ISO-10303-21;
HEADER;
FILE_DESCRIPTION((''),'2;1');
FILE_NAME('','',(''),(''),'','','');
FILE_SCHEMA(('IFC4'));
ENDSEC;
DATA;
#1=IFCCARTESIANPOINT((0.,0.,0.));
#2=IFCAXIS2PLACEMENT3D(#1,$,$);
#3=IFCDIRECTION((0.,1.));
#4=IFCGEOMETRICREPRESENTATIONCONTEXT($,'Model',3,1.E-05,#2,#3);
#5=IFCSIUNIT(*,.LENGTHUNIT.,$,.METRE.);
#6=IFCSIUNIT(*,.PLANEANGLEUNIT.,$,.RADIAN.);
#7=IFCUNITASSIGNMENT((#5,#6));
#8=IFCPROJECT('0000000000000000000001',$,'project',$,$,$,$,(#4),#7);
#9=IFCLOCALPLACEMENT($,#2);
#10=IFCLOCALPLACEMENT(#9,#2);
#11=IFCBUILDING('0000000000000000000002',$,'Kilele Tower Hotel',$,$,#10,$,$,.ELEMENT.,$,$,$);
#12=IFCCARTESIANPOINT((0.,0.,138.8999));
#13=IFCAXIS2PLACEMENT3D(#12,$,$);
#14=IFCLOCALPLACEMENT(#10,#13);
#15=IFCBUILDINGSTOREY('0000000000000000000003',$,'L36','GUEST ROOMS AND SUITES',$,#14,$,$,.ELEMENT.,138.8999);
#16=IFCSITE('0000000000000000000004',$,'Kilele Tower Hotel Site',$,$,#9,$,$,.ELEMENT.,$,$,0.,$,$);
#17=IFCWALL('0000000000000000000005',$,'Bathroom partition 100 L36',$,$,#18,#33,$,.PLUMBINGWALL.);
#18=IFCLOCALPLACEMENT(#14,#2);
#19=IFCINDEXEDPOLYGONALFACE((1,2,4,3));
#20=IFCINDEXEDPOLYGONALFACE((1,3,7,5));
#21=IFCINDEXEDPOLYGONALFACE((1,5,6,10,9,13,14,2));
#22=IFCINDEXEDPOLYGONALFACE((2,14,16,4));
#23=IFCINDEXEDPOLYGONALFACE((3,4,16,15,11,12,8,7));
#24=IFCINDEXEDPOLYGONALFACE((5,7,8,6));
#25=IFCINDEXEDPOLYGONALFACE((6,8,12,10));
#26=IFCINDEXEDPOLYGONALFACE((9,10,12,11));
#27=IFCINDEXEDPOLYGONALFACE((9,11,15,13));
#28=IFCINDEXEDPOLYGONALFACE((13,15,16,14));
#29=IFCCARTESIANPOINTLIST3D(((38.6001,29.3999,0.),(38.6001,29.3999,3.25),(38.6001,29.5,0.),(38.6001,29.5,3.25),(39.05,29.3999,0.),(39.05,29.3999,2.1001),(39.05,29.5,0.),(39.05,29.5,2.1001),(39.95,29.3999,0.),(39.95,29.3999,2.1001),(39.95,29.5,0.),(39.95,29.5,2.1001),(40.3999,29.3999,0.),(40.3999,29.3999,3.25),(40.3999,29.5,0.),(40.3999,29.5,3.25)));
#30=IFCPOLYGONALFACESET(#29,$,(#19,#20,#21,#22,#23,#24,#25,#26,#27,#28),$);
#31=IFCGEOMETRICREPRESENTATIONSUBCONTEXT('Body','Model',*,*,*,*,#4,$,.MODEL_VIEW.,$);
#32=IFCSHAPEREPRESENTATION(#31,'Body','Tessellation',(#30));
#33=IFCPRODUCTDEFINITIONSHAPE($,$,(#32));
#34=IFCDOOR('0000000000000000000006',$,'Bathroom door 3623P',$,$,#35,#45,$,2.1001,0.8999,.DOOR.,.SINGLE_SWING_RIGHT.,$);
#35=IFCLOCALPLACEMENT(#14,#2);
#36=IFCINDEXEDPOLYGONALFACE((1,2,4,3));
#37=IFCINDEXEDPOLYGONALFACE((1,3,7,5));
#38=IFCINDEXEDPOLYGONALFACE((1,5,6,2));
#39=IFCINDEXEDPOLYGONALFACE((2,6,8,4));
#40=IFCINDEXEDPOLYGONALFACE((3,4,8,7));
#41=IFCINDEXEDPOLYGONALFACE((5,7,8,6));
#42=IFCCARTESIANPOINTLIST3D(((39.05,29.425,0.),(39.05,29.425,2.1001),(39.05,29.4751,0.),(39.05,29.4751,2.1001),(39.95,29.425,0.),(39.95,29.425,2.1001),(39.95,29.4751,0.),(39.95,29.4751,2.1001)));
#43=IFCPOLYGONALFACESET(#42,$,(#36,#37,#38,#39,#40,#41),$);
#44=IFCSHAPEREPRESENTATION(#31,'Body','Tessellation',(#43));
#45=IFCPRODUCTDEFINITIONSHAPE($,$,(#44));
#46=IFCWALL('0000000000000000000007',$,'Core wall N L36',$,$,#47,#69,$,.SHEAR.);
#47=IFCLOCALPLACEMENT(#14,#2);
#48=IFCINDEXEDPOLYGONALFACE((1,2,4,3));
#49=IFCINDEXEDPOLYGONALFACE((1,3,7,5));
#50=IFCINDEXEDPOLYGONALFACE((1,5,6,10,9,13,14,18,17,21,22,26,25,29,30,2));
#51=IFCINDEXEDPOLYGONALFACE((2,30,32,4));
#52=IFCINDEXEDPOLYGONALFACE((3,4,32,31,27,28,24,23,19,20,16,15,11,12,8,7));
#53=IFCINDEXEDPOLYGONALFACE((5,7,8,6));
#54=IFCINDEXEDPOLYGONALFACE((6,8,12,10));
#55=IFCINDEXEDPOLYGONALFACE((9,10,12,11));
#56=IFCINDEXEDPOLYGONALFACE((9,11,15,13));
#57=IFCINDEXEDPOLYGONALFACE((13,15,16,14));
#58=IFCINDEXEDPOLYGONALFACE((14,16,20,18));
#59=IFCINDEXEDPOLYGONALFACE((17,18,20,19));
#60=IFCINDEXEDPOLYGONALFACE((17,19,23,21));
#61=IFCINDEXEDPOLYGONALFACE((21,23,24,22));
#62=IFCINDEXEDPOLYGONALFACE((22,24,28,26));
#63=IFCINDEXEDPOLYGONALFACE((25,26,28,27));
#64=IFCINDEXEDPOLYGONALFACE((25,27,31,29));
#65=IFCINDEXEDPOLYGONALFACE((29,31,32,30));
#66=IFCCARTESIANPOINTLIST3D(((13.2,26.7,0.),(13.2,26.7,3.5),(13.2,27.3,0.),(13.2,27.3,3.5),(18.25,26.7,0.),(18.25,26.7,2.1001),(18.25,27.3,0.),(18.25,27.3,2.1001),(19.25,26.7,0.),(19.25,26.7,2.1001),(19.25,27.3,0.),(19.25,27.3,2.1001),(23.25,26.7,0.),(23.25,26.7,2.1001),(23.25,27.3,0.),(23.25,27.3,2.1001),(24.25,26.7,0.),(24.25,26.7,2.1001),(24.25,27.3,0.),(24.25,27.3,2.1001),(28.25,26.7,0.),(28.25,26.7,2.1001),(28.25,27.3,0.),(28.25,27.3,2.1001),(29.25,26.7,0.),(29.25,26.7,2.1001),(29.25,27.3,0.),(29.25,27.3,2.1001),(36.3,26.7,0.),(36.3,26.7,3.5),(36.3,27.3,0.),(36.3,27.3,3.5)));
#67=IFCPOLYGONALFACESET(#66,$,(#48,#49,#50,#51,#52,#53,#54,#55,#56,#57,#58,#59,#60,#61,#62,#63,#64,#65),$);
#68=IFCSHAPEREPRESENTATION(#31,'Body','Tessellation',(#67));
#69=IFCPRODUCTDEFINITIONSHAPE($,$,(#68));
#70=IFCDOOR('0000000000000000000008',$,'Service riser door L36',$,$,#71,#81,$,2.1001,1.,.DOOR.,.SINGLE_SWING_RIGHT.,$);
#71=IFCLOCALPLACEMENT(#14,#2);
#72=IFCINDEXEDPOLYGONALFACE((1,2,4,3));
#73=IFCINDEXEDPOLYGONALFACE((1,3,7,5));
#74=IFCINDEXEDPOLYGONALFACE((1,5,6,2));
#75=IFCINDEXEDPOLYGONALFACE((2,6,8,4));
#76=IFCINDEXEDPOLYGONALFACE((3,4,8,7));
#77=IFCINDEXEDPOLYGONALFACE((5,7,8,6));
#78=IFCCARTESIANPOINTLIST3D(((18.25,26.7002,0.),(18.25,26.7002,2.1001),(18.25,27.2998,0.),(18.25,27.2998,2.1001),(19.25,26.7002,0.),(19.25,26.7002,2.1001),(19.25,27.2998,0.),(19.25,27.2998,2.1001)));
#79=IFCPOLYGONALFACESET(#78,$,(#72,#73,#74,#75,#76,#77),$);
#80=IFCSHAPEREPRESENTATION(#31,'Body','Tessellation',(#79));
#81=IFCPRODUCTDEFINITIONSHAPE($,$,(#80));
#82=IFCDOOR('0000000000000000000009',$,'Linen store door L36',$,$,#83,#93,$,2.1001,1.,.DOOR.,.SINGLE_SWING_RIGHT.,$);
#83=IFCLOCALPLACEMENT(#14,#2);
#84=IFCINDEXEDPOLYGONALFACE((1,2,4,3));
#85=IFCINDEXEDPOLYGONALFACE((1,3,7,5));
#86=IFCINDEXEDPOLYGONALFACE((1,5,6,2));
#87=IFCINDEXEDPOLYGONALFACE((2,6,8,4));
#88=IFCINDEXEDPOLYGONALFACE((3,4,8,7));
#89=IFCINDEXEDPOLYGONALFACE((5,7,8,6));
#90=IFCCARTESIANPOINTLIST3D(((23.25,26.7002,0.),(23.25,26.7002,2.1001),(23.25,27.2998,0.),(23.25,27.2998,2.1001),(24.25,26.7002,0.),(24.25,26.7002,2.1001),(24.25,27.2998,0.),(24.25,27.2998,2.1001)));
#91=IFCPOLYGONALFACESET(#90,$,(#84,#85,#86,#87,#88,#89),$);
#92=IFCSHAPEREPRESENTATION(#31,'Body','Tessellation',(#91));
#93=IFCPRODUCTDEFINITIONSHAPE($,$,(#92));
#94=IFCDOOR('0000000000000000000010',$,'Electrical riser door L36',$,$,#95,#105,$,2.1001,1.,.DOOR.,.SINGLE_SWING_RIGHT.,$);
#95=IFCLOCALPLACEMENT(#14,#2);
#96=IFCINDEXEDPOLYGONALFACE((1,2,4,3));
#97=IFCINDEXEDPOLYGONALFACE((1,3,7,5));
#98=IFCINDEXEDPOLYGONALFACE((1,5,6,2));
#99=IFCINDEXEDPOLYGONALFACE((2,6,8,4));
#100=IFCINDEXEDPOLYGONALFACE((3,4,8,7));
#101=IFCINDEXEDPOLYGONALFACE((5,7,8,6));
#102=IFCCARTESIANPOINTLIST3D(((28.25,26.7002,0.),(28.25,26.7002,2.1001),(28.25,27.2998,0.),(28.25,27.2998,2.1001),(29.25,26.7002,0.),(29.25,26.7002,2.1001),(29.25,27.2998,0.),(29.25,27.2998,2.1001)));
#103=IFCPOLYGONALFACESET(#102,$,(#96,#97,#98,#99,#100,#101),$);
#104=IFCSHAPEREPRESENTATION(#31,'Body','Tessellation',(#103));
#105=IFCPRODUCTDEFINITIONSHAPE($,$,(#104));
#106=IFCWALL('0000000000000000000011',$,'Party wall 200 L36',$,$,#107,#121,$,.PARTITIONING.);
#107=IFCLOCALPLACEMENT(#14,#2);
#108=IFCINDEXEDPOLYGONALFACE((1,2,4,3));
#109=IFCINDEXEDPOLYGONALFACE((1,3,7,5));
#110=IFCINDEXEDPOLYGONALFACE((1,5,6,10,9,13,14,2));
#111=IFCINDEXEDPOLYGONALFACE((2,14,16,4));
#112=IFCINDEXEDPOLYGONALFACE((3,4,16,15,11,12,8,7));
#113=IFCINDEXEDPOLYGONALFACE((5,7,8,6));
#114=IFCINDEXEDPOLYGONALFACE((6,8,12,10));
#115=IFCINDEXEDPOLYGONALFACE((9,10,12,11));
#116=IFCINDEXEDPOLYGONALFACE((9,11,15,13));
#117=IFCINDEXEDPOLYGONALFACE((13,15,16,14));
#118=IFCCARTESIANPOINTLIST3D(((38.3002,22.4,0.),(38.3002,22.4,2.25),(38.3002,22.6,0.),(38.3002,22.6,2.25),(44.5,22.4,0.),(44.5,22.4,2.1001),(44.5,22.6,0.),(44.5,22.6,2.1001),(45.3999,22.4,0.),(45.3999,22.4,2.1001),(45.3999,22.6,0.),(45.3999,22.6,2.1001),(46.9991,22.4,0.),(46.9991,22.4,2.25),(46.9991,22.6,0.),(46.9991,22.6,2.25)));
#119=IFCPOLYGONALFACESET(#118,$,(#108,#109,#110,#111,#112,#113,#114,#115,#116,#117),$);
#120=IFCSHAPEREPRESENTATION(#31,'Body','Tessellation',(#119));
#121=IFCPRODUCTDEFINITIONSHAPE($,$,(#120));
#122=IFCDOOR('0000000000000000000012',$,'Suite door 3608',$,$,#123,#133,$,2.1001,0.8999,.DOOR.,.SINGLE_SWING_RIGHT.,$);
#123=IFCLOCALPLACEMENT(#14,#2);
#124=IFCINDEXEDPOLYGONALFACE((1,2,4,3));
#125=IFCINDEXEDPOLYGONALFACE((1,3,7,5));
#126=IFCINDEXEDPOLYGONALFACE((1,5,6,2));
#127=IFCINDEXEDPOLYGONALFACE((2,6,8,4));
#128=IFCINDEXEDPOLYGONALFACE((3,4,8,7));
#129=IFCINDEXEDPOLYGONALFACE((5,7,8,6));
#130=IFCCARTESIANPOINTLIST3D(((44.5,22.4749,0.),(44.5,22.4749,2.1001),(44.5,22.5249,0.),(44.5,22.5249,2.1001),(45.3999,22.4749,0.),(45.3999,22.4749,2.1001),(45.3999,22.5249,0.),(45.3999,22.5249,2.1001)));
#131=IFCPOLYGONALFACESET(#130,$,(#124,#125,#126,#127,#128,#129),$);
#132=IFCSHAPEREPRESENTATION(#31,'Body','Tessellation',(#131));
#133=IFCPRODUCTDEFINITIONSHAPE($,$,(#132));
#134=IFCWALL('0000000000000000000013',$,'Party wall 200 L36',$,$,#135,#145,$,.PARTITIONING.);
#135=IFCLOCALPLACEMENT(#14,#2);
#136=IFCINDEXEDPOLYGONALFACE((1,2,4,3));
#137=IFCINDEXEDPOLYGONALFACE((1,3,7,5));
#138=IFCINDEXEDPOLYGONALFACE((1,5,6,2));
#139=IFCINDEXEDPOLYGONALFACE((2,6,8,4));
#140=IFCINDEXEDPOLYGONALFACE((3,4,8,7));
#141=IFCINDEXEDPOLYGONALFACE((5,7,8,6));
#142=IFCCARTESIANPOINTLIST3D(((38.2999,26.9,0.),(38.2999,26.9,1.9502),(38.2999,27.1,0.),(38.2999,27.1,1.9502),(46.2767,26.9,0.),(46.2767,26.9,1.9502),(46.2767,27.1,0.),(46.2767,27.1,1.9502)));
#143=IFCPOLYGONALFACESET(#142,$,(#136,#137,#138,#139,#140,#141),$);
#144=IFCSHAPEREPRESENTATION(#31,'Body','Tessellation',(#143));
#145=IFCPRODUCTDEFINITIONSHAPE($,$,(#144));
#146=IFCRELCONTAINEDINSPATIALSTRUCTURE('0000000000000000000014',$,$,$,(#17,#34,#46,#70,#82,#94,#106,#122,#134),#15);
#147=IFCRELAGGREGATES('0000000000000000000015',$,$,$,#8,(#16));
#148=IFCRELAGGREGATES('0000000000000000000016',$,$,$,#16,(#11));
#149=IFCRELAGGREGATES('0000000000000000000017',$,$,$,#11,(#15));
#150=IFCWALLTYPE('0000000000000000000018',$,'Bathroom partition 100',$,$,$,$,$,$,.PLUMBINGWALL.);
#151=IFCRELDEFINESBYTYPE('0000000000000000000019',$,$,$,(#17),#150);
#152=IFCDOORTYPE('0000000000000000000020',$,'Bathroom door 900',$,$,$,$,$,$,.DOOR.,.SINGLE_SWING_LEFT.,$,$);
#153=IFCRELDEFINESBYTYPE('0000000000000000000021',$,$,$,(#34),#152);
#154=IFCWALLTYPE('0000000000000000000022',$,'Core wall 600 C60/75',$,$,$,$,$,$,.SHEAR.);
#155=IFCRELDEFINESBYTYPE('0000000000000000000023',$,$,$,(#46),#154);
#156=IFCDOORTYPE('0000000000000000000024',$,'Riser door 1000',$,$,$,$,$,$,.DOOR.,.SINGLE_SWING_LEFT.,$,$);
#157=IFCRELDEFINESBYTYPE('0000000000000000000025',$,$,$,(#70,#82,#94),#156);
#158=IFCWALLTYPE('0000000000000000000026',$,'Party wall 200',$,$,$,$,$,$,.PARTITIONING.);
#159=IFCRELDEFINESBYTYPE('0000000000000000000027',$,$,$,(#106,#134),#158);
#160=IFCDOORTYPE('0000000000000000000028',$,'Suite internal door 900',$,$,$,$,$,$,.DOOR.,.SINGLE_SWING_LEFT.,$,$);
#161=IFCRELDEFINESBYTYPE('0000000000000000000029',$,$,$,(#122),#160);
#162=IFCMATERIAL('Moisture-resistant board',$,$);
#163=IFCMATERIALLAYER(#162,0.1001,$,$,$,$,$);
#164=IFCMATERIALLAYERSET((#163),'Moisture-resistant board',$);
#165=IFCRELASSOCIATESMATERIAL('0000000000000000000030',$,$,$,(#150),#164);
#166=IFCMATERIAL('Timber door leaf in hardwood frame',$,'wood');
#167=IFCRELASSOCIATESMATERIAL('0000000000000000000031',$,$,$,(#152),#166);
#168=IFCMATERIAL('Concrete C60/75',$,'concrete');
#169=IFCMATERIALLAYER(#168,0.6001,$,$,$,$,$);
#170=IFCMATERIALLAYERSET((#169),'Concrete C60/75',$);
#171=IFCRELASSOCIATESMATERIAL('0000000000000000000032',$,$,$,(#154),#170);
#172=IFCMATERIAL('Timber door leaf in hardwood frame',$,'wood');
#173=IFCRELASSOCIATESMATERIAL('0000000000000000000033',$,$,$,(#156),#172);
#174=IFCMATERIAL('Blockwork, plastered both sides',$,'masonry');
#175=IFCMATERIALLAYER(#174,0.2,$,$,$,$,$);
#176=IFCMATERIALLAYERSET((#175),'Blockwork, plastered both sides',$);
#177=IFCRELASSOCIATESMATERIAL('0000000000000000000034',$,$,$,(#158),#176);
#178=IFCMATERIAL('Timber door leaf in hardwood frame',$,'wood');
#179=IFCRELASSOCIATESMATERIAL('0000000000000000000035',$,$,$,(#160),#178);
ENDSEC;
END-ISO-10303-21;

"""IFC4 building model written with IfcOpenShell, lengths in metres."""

from ifc_helpers import new_model, si_unit, direction, frame, frame_2d, origin, place, context, subcontext, project, spatial, rectangle, extrude, material, layer, layer_set, type_object, element, fill, save


model = new_model("IFC4")

# Units and contexts
model_context = context("Model", 3, precision=1e-05, world=origin(), true_north=direction((0.0, 1.0)))
body_context = subcontext(model_context, "Body", "Model", "MODEL_VIEW")
ifc_project = project(units=[si_unit("LENGTHUNIT", "METRE"), si_unit("PLANEANGLEUNIT", "RADIAN")], contexts=[model_context])

# Site, building, storey
site_placement = place(None, origin())
site = spatial("IfcSite", under=ifc_project, at=site_placement, Name="Kilele Tower Hotel Site", CompositionType="ELEMENT", RefElevation=0.0)
building_placement = place(site_placement, origin())
building = spatial("IfcBuilding", under=site, at=building_placement, Name="Kilele Tower Hotel", CompositionType="ELEMENT")
storey_placement = place(building_placement, frame((0.0, 0.0, 138.8999)))
storey = spatial("IfcBuildingStorey", under=building, at=storey_placement, Name="L36", Description="GUEST ROOMS AND SUITES", CompositionType="ELEMENT", Elevation=138.8999)

# Shared definitions
ifc_material_1 = material(Name="Moisture-resistant board")
ifc_layer_1 = layer(ifc_material_1, 0.1001)
ifc_layer_set_1 = layer_set([ifc_layer_1], Name="Moisture-resistant board")
wall_type_1 = type_object("IfcWallType", Name="Bathroom partition 100", PredefinedType="PLUMBINGWALL", material=ifc_layer_set_1)

# Shared definitions
ifc_material_2 = material(Name="Timber door leaf in hardwood frame", Category="wood")
door_type_1 = type_object("IfcDoorType", Name="Bathroom door 900", OperationType="SINGLE_SWING_LEFT", PredefinedType="DOOR", material=ifc_material_2)

# Wall, opening, door
wall_1_placement = place(storey_placement, frame((38.6001, 29.45, 0.0), z_axis=(0.0, 0.0, 1.0), x_axis=(1.0, 0.0, 0.0)))
wall_1 = element("IfcWall", 1, at=wall_1_placement, inside=storey, type_object=wall_type_1, Name="Bathroom partition 100 L36", PredefinedType="PLUMBINGWALL", context=body_context, shape_type="SweptSolid", body=[
    extrude(rectangle(XDim=1.7998, YDim=0.1001, at=frame_2d((0.8999, 0.0))), origin(), (0.0, 0.0, 1.0), 3.25),
])
opening_1_placement = place(wall_1_placement, frame((1.3499, 0.0, 0.0), z_axis=(0.0, 0.0, 1.0), x_axis=(-1.0, 0.0, 0.0)))
opening_1 = element("IfcOpeningElement", 2, at=opening_1_placement, cuts=wall_1, PredefinedType="OPENING", context=body_context, shape_type="SweptSolid", body=[
    extrude(rectangle(XDim=0.8999, YDim=2.1001, at=frame_2d((0.45, 1.05))), frame((0.0, 0.0601, 0.0), z_axis=(0.0, -1.0, 0.0), x_axis=(1.0, 0.0, 0.0)), (0.0, 0.0, 1.0), 0.1201),
])
door_1_placement = place(opening_1_placement, origin())
door_1 = element("IfcDoor", 3, at=door_1_placement, inside=storey, type_object=door_type_1, Name="Bathroom door 3623P", OperationType="SINGLE_SWING_RIGHT", OverallHeight=2.1001, OverallWidth=0.8999, PredefinedType="DOOR", context=body_context, shape_type="SweptSolid", body=[
    extrude(rectangle(XDim=0.8999, YDim=2.1001, at=frame_2d((0.45, 1.05))), frame((0.0, 0.0249, 0.0), z_axis=(0.0, -1.0, 0.0), x_axis=(1.0, 0.0, 0.0)), (0.0, 0.0, 1.0), 0.05),
])
fill(opening_1, door_1)

# Wall, openings, doors
ifc_material_3 = material(Name="Concrete C60/75", Category="concrete")
ifc_layer_2 = layer(ifc_material_3, 0.6001)
ifc_layer_set_2 = layer_set([ifc_layer_2], Name="Concrete C60/75")
wall_type_2 = type_object("IfcWallType", Name="Core wall 600 C60/75", PredefinedType="SHEAR", material=ifc_layer_set_2)
wall_2_placement = place(storey_placement, frame((36.3, 27.0, 0.0), z_axis=(0.0, 0.0, 1.0), x_axis=(-1.0, 0.0, 0.0)))
wall_2 = element("IfcWall", 4, at=wall_2_placement, inside=storey, type_object=wall_type_2, Name="Core wall N L36", PredefinedType="SHEAR", context=body_context, shape_type="SweptSolid", body=[
    extrude(rectangle(XDim=23.1001, YDim=0.6001, at=frame_2d((11.55, 0.0))), origin(), (0.0, 0.0, 1.0), 3.5),
])
opening_2_placement = place(wall_2_placement, frame((17.05, 0.0, 0.0)))
opening_2 = element("IfcOpeningElement", 5, at=opening_2_placement, cuts=wall_2, PredefinedType="OPENING", context=body_context, shape_type="SweptSolid", body=[
    extrude(rectangle(XDim=1.0, YDim=2.1001, at=frame_2d((0.5, 1.05))), frame((0.0, 0.3101, 0.0), z_axis=(0.0, -1.0, 0.0), x_axis=(1.0, 0.0, 0.0)), (0.0, 0.0, 1.0), 0.6201),
])
opening_3_placement = place(wall_2_placement, frame((12.05, 0.0, 0.0)))
opening_3 = element("IfcOpeningElement", 6, at=opening_3_placement, cuts=wall_2, PredefinedType="OPENING", context=body_context, shape_type="SweptSolid", body=[
    extrude(rectangle(XDim=1.0, YDim=2.1001, at=frame_2d((0.5, 1.05))), frame((0.0, 0.3101, 0.0), z_axis=(0.0, -1.0, 0.0), x_axis=(1.0, 0.0, 0.0)), (0.0, 0.0, 1.0), 0.6201),
])
opening_4_placement = place(wall_2_placement, frame((7.05, 0.0, 0.0)))
opening_4 = element("IfcOpeningElement", 7, at=opening_4_placement, cuts=wall_2, PredefinedType="OPENING", context=body_context, shape_type="SweptSolid", body=[
    extrude(rectangle(XDim=1.0, YDim=2.1001, at=frame_2d((0.5, 1.05))), frame((0.0, 0.3101, 0.0), z_axis=(0.0, -1.0, 0.0), x_axis=(1.0, 0.0, 0.0)), (0.0, 0.0, 1.0), 0.6201),
])
ifc_material_4 = material(Name="Timber door leaf in hardwood frame", Category="wood")
door_type_2 = type_object("IfcDoorType", Name="Riser door 1000", OperationType="SINGLE_SWING_LEFT", PredefinedType="DOOR", material=ifc_material_4)
door_2_placement = place(opening_2_placement, origin())
door_2 = element("IfcDoor", 8, at=door_2_placement, inside=storey, type_object=door_type_2, Name="Service riser door L36", OperationType="SINGLE_SWING_RIGHT", OverallHeight=2.1001, OverallWidth=1.0, PredefinedType="DOOR", context=body_context, shape_type="SweptSolid", body=[
    extrude(rectangle(XDim=1.0, YDim=2.1001, at=frame_2d((0.5, 1.05))), frame((0.0, 0.2998, 0.0), z_axis=(0.0, -1.0, 0.0), x_axis=(1.0, 0.0, 0.0)), (0.0, 0.0, 1.0), 0.5996),
])
fill(opening_2, door_2)
door_3_placement = place(opening_3_placement, origin())
door_3 = element("IfcDoor", 9, at=door_3_placement, inside=storey, type_object=door_type_2, Name="Linen store door L36", OperationType="SINGLE_SWING_RIGHT", OverallHeight=2.1001, OverallWidth=1.0, PredefinedType="DOOR", context=body_context, shape_type="SweptSolid", body=[
    extrude(rectangle(XDim=1.0, YDim=2.1001, at=frame_2d((0.5, 1.05))), frame((0.0, 0.2998, 0.0), z_axis=(0.0, -1.0, 0.0), x_axis=(1.0, 0.0, 0.0)), (0.0, 0.0, 1.0), 0.5996),
])
fill(opening_3, door_3)
door_4_placement = place(opening_4_placement, origin())
door_4 = element("IfcDoor", 10, at=door_4_placement, inside=storey, type_object=door_type_2, Name="Electrical riser door L36", OperationType="SINGLE_SWING_RIGHT", OverallHeight=2.1001, OverallWidth=1.0, PredefinedType="DOOR", context=body_context, shape_type="SweptSolid", body=[
    extrude(rectangle(XDim=1.0, YDim=2.1001, at=frame_2d((0.5, 1.05))), frame((0.0, 0.2998, 0.0), z_axis=(0.0, -1.0, 0.0), x_axis=(1.0, 0.0, 0.0)), (0.0, 0.0, 1.0), 0.5996),
])
fill(opening_4, door_4)

# Wall, opening, door
ifc_material_5 = material(Name="Blockwork, plastered both sides", Category="masonry")
ifc_layer_3 = layer(ifc_material_5, 0.2)
ifc_layer_set_3 = layer_set([ifc_layer_3], Name="Blockwork, plastered both sides")
wall_type_3 = type_object("IfcWallType", Name="Party wall 200", PredefinedType="PARTITIONING", material=ifc_layer_set_3)
wall_3_placement = place(storey_placement, frame((38.3, 22.5, 0.0), z_axis=(0.0, 0.0, 1.0), x_axis=(1.0, 0.0, 0.0)))
wall_3 = element("IfcWall", 11, at=wall_3_placement, inside=storey, type_object=wall_type_3, Name="Party wall 200 L36", PredefinedType="PARTITIONING", context=body_context, shape_type="SweptSolid", body=[
    extrude(rectangle(XDim=8.699, YDim=0.2, at=frame_2d((4.3496, 0.0))), origin(), (0.0, 0.0, 1.0), 2.25),
])
opening_5_placement = place(wall_3_placement, frame((6.2, 0.0, 0.0)))
opening_5 = element("IfcOpeningElement", 12, at=opening_5_placement, cuts=wall_3, PredefinedType="OPENING", context=body_context, shape_type="SweptSolid", body=[
    extrude(rectangle(XDim=0.8999, YDim=2.1001, at=frame_2d((0.45, 1.05))), frame((0.0, 0.1099, 0.0), z_axis=(0.0, -1.0, 0.0), x_axis=(1.0, 0.0, 0.0)), (0.0, 0.0, 1.0), 0.22),
])
ifc_material_6 = material(Name="Timber door leaf in hardwood frame", Category="wood")
door_type_3 = type_object("IfcDoorType", Name="Suite internal door 900", OperationType="SINGLE_SWING_LEFT", PredefinedType="DOOR", material=ifc_material_6)
door_5_placement = place(opening_5_placement, origin())
door_5 = element("IfcDoor", 13, at=door_5_placement, inside=storey, type_object=door_type_3, Name="Suite door 3608", OperationType="SINGLE_SWING_RIGHT", OverallHeight=2.1001, OverallWidth=0.8999, PredefinedType="DOOR", context=body_context, shape_type="SweptSolid", body=[
    extrude(rectangle(XDim=0.8999, YDim=2.1001, at=frame_2d((0.45, 1.05))), frame((0.0, 0.0249, 0.0), z_axis=(0.0, -1.0, 0.0), x_axis=(1.0, 0.0, 0.0)), (0.0, 0.0, 1.0), 0.05),
])
fill(opening_5, door_5)

# Wall
wall_4_placement = place(storey_placement, frame((38.3, 27.0, 0.0), z_axis=(0.0, 0.0, 1.0), x_axis=(1.0, 0.0, 0.0)))
element("IfcWall", 14, at=wall_4_placement, inside=storey, type_object=wall_type_3, Name="Party wall 200 L36", PredefinedType="PARTITIONING", context=body_context, shape_type="SweptSolid", body=[
    extrude(rectangle(XDim=7.9768, YDim=0.2, at=frame_2d((3.9883, 0.0))), origin(), (0.0, 0.0, 1.0), 1.9502),
])

save(model, "model.ifc")
